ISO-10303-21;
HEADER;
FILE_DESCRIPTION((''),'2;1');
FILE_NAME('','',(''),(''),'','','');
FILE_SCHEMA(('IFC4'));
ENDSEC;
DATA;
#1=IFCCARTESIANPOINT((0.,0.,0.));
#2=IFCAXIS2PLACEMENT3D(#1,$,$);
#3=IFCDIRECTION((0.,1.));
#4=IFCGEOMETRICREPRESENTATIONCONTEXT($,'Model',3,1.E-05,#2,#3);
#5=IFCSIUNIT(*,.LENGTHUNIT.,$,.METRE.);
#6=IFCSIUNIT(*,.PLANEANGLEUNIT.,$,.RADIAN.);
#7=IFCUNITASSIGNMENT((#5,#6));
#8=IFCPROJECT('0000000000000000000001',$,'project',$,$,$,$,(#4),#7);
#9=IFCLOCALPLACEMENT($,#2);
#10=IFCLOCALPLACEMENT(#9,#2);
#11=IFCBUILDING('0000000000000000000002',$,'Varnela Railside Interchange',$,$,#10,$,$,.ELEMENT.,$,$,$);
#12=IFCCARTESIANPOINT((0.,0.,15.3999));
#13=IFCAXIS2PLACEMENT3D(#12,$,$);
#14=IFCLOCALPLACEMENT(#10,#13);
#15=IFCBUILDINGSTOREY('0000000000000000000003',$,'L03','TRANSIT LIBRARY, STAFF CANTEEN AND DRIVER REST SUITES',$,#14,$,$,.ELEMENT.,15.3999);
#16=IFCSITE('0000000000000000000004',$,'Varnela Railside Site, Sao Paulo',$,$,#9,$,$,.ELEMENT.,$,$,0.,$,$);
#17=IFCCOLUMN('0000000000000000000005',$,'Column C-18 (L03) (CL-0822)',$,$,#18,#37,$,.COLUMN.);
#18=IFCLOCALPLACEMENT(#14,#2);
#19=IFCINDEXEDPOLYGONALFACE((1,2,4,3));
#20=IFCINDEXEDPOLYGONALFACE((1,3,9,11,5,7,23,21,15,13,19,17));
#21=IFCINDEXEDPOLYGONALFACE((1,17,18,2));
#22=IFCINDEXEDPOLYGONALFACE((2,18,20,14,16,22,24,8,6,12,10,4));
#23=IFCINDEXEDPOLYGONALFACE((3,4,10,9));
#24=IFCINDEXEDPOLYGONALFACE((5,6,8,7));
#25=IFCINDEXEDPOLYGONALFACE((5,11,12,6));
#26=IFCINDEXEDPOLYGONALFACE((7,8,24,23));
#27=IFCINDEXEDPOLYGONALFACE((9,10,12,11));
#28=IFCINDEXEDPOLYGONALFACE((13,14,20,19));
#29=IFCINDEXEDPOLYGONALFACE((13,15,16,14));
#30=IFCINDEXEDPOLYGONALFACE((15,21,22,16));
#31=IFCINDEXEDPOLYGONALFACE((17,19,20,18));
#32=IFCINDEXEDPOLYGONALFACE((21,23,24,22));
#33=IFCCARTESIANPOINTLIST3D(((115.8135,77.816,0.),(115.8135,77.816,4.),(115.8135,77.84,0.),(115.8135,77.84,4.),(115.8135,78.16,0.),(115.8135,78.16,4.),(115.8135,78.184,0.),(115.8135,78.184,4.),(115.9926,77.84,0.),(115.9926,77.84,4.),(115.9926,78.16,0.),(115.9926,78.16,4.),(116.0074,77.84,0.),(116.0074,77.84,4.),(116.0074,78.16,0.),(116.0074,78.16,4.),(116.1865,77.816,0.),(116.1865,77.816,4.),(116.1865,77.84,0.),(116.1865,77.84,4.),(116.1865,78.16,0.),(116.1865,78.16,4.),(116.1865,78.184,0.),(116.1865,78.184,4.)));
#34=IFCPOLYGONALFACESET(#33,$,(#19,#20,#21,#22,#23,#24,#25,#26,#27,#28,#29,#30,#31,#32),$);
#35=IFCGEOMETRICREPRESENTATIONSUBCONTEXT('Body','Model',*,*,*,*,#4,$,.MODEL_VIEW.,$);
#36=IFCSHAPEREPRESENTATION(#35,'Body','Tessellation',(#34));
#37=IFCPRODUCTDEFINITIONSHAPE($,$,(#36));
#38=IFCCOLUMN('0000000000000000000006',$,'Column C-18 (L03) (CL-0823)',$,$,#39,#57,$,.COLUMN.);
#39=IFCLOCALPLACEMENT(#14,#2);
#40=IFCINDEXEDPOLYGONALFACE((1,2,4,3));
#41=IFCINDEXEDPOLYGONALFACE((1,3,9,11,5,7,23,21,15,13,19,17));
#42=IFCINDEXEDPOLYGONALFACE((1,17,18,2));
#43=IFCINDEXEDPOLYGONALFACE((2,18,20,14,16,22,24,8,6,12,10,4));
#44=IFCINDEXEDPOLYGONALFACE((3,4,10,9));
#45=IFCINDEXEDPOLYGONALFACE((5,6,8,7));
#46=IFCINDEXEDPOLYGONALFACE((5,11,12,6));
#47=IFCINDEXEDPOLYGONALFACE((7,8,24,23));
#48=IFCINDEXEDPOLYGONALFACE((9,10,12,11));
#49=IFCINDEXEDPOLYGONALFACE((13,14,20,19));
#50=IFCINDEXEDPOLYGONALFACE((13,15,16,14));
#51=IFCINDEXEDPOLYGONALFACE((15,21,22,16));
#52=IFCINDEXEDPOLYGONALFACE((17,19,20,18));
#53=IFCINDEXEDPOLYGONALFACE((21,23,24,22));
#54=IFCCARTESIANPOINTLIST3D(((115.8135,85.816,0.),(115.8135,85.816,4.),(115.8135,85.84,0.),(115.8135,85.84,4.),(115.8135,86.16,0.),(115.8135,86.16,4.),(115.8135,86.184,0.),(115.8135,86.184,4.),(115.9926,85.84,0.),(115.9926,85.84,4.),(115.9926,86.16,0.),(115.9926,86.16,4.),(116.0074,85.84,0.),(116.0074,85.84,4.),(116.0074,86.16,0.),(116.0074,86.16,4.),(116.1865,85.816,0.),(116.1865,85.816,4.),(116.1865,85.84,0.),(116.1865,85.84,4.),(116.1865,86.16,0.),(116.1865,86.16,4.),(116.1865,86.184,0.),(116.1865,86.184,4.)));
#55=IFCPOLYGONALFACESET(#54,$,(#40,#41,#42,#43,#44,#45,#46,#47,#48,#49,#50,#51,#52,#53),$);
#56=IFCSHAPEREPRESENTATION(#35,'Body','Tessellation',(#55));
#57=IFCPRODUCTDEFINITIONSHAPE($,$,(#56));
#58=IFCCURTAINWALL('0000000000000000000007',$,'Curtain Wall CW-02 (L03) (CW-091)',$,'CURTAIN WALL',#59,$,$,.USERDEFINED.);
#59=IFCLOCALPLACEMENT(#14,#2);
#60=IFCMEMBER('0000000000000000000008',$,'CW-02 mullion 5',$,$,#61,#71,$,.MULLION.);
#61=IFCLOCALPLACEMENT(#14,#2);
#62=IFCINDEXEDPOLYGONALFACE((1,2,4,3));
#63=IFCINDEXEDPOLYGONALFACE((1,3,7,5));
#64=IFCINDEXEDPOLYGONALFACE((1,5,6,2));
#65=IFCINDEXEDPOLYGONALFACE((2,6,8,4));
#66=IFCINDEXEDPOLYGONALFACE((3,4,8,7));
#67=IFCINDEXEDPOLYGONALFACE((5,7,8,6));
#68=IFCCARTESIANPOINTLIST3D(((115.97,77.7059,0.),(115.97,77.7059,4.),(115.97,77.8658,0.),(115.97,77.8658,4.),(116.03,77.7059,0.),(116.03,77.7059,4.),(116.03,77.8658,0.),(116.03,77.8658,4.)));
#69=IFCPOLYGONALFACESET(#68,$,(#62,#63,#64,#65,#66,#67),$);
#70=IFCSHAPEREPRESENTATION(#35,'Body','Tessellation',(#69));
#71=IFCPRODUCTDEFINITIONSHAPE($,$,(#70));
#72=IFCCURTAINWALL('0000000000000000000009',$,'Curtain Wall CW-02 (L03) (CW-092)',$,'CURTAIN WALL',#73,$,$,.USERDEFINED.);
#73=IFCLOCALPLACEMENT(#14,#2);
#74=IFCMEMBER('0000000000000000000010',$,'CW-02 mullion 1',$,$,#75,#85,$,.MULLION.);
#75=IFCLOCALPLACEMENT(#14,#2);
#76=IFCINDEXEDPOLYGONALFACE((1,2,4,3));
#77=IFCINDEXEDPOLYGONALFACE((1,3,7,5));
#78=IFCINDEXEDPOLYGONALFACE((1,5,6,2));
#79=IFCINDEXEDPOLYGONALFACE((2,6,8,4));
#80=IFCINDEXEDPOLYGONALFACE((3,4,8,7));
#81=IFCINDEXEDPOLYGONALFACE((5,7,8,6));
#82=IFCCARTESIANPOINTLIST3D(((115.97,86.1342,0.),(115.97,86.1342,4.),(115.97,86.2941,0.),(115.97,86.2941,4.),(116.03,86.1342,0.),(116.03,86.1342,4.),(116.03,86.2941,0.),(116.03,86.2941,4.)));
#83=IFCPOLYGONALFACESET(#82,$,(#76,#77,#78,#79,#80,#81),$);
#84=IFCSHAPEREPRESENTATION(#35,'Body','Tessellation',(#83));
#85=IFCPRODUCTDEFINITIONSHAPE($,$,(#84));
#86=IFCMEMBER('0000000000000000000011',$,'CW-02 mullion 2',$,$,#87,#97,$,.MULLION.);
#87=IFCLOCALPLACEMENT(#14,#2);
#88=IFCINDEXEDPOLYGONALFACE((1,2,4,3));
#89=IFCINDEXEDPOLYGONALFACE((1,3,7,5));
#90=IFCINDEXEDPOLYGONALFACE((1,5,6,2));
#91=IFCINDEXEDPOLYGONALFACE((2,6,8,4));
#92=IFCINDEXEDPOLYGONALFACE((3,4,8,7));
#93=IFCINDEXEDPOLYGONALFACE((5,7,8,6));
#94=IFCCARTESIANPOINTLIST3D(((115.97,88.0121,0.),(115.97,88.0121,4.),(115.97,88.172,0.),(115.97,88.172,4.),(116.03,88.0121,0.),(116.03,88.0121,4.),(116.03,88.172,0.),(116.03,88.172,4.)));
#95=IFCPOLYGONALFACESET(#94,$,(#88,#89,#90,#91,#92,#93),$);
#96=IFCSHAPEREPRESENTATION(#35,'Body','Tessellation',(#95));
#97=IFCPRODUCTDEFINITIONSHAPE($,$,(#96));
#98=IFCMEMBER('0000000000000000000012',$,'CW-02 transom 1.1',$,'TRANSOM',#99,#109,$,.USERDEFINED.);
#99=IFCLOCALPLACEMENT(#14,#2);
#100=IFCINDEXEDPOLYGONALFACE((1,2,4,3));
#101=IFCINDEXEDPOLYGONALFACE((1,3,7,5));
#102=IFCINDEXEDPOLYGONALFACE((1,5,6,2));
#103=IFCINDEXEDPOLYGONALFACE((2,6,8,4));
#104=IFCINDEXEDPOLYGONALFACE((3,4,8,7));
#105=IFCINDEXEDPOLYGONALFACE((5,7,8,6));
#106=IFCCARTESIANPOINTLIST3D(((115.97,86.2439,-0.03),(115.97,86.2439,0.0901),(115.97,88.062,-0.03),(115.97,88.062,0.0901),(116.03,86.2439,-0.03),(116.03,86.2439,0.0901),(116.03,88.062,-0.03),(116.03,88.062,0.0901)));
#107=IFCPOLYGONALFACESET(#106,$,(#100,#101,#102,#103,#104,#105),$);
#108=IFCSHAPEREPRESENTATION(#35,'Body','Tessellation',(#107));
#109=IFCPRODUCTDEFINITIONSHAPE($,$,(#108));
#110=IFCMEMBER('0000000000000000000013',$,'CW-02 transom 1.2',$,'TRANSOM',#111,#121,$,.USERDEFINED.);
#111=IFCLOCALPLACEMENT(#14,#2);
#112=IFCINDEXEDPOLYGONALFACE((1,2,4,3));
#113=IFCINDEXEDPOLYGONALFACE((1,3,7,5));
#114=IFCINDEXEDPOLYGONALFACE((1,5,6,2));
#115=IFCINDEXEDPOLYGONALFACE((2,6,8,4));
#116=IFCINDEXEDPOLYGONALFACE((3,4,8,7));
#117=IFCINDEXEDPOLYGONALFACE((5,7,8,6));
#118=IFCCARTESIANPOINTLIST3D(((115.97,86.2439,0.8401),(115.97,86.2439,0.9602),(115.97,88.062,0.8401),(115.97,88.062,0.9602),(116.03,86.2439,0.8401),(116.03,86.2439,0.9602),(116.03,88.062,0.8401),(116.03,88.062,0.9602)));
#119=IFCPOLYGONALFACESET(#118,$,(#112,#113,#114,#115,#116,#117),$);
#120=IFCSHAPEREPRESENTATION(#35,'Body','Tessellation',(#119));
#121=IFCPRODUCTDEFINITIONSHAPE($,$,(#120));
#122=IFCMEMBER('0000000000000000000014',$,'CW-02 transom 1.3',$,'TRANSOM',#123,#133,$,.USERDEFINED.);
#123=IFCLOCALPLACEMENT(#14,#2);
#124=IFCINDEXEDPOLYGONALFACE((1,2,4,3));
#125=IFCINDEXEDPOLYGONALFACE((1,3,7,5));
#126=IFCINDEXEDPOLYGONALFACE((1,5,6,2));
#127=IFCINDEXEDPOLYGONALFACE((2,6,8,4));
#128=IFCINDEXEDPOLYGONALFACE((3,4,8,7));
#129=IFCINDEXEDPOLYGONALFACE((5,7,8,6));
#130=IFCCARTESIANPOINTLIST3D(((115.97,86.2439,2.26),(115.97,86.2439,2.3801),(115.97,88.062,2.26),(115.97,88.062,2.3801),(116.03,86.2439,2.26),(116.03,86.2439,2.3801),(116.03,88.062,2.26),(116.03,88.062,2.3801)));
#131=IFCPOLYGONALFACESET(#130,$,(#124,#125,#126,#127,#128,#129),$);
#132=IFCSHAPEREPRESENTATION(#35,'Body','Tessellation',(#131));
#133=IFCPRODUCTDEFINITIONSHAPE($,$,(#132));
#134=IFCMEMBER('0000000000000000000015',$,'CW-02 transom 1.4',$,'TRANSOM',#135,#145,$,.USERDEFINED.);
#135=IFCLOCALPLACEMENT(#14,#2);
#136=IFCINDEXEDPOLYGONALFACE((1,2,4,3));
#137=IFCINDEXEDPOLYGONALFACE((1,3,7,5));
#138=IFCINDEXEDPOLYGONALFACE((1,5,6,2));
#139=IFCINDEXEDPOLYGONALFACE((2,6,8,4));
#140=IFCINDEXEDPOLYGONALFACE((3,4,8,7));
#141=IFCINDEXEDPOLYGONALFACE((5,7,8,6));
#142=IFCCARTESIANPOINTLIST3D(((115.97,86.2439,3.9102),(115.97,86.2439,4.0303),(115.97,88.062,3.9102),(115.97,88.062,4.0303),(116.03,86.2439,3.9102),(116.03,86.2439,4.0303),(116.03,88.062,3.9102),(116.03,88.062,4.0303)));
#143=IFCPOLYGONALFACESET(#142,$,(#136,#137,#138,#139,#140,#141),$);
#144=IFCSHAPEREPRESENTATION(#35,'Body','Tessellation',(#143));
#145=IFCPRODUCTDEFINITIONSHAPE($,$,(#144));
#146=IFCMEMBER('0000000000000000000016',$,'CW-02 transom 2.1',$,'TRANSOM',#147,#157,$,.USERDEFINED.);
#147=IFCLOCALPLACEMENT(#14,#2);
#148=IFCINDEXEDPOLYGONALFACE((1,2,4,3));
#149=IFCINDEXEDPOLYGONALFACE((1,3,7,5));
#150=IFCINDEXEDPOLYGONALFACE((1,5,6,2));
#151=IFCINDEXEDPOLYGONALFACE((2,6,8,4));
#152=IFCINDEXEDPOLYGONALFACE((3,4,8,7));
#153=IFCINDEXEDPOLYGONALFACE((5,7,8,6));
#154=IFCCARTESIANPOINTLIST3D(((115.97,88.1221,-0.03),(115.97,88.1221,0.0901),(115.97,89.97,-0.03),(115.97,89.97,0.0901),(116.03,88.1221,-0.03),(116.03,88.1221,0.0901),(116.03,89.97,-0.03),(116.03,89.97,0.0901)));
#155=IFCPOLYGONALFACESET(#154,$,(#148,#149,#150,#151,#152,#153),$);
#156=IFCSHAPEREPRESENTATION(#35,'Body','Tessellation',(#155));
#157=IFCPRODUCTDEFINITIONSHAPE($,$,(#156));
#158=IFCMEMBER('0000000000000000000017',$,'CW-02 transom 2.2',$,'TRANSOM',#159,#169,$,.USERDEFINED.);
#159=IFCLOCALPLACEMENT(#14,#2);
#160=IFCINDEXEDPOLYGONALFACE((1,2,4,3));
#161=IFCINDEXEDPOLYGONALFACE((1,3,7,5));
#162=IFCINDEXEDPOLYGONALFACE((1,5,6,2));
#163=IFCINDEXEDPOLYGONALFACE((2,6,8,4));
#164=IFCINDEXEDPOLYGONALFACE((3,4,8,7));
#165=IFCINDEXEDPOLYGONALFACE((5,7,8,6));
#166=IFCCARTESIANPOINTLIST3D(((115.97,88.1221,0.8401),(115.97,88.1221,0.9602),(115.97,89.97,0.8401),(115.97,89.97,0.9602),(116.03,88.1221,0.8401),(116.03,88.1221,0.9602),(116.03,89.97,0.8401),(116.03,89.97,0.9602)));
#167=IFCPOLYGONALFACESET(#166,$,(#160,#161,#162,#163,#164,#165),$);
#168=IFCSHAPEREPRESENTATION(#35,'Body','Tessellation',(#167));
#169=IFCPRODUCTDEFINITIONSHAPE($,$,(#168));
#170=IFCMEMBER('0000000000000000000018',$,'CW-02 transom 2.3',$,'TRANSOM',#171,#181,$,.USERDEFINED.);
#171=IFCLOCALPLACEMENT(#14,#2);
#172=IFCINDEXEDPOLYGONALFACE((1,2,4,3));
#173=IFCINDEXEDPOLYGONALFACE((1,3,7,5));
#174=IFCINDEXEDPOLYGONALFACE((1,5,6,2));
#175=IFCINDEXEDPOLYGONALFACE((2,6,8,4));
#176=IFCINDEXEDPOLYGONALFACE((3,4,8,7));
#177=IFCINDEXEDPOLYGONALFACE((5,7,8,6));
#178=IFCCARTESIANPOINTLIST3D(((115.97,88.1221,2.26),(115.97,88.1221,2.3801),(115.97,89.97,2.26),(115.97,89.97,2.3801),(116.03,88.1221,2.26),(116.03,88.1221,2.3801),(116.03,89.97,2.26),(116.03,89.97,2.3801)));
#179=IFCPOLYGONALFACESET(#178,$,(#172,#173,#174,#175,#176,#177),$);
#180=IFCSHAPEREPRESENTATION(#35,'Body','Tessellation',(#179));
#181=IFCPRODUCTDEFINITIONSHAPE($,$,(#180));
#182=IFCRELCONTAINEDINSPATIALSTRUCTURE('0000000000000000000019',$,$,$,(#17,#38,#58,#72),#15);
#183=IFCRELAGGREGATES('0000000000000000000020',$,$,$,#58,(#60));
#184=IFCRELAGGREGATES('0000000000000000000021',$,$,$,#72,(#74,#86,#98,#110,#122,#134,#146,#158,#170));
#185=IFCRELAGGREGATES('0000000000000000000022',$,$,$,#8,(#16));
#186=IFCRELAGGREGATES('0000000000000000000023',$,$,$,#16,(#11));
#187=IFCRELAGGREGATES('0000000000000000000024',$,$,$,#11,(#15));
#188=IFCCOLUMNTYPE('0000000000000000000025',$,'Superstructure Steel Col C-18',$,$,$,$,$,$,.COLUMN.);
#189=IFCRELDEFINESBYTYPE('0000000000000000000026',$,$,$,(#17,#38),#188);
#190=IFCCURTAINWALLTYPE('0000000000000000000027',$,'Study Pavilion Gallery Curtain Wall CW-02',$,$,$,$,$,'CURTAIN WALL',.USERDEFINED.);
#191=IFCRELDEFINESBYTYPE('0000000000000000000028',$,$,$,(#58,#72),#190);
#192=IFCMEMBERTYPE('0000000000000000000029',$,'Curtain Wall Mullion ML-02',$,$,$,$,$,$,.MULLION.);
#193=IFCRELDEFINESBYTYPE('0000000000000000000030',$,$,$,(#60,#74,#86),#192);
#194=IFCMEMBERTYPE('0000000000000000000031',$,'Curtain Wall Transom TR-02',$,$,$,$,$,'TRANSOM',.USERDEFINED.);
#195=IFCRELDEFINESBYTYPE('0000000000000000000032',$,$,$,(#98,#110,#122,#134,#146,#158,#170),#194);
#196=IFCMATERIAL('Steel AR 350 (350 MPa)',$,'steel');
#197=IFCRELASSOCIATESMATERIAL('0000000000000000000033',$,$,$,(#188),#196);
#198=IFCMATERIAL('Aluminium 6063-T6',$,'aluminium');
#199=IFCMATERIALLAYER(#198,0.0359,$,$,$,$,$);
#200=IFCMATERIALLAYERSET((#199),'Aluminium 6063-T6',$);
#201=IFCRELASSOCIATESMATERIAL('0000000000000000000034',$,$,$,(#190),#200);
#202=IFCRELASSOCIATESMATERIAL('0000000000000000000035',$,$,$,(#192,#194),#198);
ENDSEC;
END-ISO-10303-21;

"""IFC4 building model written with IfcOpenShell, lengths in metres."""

from ifc_helpers import new_model, si_unit, direction, frame, origin, origin_2d, place, context, subcontext, project, spatial, rectangle, i_section, extrude, material, layer, layer_set, material_profile, profile_set, type_object, element, aggregate, save


model = new_model("IFC4")

# Units and contexts
model_context = context("Model", 3, precision=1e-05, world=origin(), true_north=direction((0.0, 1.0)))
body_context = subcontext(model_context, "Body", "Model", "MODEL_VIEW")
ifc_project = project(units=[si_unit("LENGTHUNIT", "METRE"), si_unit("PLANEANGLEUNIT", "RADIAN")], contexts=[model_context])

# Site, building, storey
site_placement = place(None, origin())
site = spatial("IfcSite", under=ifc_project, at=site_placement, Name="Varnela Railside Site, Sao Paulo", CompositionType="ELEMENT", RefElevation=0.0)
building_placement = place(site_placement, origin())
building = spatial("IfcBuilding", under=site, at=building_placement, Name="Varnela Railside Interchange", CompositionType="ELEMENT")
storey_placement = place(building_placement, frame((0.0, 0.0, 15.3999)))
storey = spatial("IfcBuildingStorey", under=building, at=storey_placement, Name="L03", Description="TRANSIT LIBRARY, STAFF CANTEEN AND DRIVER REST SUITES", CompositionType="ELEMENT", Elevation=15.3999)

# Columns
ifc_material_1 = material(Name="Steel AR 350 (350 MPa)", Category="steel")
ifc_material_profile_1 = material_profile(ifc_material_1, i_section(OverallWidth=0.373, OverallDepth=0.3679, WebThickness=0.0149, FlangeThickness=0.0239, at=origin_2d()), Name="W360x179")
ifc_profile_set_1 = profile_set([ifc_material_profile_1], Name="Steel AR 350 (350 MPa)")
column_type = type_object("IfcColumnType", Name="Superstructure Steel Col C-18", PredefinedType="COLUMN", material=ifc_profile_set_1)
for number, where, z_axis, x_axis, name in (
    (1, (116.0, 78.0, 0.0), (0.0, 0.0, 1.0), (1.0, 0.0, 0.0), "Column C-18 (L03) (CL-0822)"),
    (2, (116.0, 86.0, 0.0), (0.0, 0.0, 1.0), (1.0, 0.0, 0.0), "Column C-18 (L03) (CL-0823)"),
):
    element("IfcColumn", number, at=place(storey_placement, frame(where, z_axis=z_axis, x_axis=x_axis)), inside=storey, type_object=column_type, Name=name, PredefinedType="COLUMN", context=body_context, shape_type="SweptSolid", body=[
        extrude(i_section(OverallWidth=0.373, OverallDepth=0.3679, WebThickness=0.0149, FlangeThickness=0.0239, at=origin_2d()), origin(), (0.0, 0.0, 1.0), 4.0),
    ])

# Curtain wall, member
ifc_material_2 = material(Name="Aluminium 6063-T6", Category="aluminium")
ifc_layer_1 = layer(ifc_material_2, 0.0359)
ifc_layer_set_1 = layer_set([ifc_layer_1], Name="Aluminium 6063-T6")
curtain_wall_type = type_object("IfcCurtainWallType", Name="Study Pavilion Gallery Curtain Wall CW-02", ElementType="CURTAIN WALL", PredefinedType="USERDEFINED", material=ifc_layer_set_1)
curtain_wall_1_placement = place(storey_placement, origin())
curtain_wall_1 = element("IfcCurtainWall", 3, at=curtain_wall_1_placement, inside=storey, type_object=curtain_wall_type, Name="Curtain Wall CW-02 (L03) (CW-091)", ObjectType="CURTAIN WALL", PredefinedType="USERDEFINED")
ifc_material_profile_2 = material_profile(ifc_material_2, rectangle(XDim=0.0601, YDim=0.1599, at=origin_2d()), Name="ALU 60x160")
ifc_profile_set_2 = profile_set([ifc_material_profile_2], Name="Aluminium 6063-T6")
member_type_1 = type_object("IfcMemberType", Name="Curtain Wall Mullion ML-02", PredefinedType="MULLION", material=ifc_profile_set_2)
member_1_placement = place(storey_placement, frame((116.0, 77.7859, 0.0), z_axis=(0.0, 0.0, 1.0), x_axis=(-1.0, 0.0, 0.0)))
member_1 = element("IfcMember", 4, at=member_1_placement, type_object=member_type_1, Name="CW-02 mullion 5", PredefinedType="MULLION", context=body_context, shape_type="SweptSolid", body=[
    extrude(rectangle(XDim=0.0601, YDim=0.1599, at=origin_2d()), origin(), (0.0, 0.0, 1.0), 4.0),
])

# Curtain wall, members
curtain_wall_2_placement = place(storey_placement, origin())
curtain_wall_2 = element("IfcCurtainWall", 5, at=curtain_wall_2_placement, inside=storey, type_object=curtain_wall_type, Name="Curtain Wall CW-02 (L03) (CW-092)", ObjectType="CURTAIN WALL", PredefinedType="USERDEFINED")
member_2_placement = place(storey_placement, frame((116.0, 86.2141, 0.0), z_axis=(0.0, 0.0, 1.0), x_axis=(-1.0, 0.0, 0.0)))
member_2 = element("IfcMember", 6, at=member_2_placement, type_object=member_type_1, Name="CW-02 mullion 1", PredefinedType="MULLION", context=body_context, shape_type="SweptSolid", body=[
    extrude(rectangle(XDim=0.0601, YDim=0.1599, at=origin_2d()), origin(), (0.0, 0.0, 1.0), 4.0),
])
member_3_placement = place(storey_placement, frame((116.0, 88.092, 0.0), z_axis=(0.0, 0.0, 1.0), x_axis=(-1.0, 0.0, 0.0)))
member_3 = element("IfcMember", 7, at=member_3_placement, type_object=member_type_1, Name="CW-02 mullion 2", PredefinedType="MULLION", context=body_context, shape_type="SweptSolid", body=[
    extrude(rectangle(XDim=0.0601, YDim=0.1599, at=origin_2d()), origin(), (0.0, 0.0, 1.0), 4.0),
])
ifc_material_profile_3 = material_profile(ifc_material_2, rectangle(XDim=0.0601, YDim=0.1201, at=origin_2d()), Name="ALU 60x120")
ifc_profile_set_3 = profile_set([ifc_material_profile_3], Name="Aluminium 6063-T6")
member_type_2 = type_object("IfcMemberType", Name="Curtain Wall Transom TR-02", ElementType="TRANSOM", PredefinedType="USERDEFINED", material=ifc_profile_set_3)
member_4_placement = place(storey_placement, frame((116.0, 86.2439, 0.03), z_axis=(0.0, 1.0, 0.0), x_axis=(-1.0, 0.0, 0.0)))
member_4 = element("IfcMember", 8, at=member_4_placement, type_object=member_type_2, Name="CW-02 transom 1.1", ObjectType="TRANSOM", PredefinedType="USERDEFINED", context=body_context, shape_type="SweptSolid", body=[
    extrude(rectangle(XDim=0.0601, YDim=0.1201, at=origin_2d()), origin(), (0.0, 0.0, 1.0), 1.8181),
])
member_5_placement = place(storey_placement, frame((116.0, 86.2439, 0.9001), z_axis=(0.0, 1.0, 0.0), x_axis=(-1.0, 0.0, 0.0)))
member_5 = element("IfcMember", 9, at=member_5_placement, type_object=member_type_2, Name="CW-02 transom 1.2", ObjectType="TRANSOM", PredefinedType="USERDEFINED", context=body_context, shape_type="SweptSolid", body=[
    extrude(rectangle(XDim=0.0601, YDim=0.1201, at=origin_2d()), origin(), (0.0, 0.0, 1.0), 1.8181),
])
member_6_placement = place(storey_placement, frame((116.0, 86.2439, 2.3201), z_axis=(0.0, 1.0, 0.0), x_axis=(-1.0, 0.0, 0.0)))
member_6 = element("IfcMember", 10, at=member_6_placement, type_object=member_type_2, Name="CW-02 transom 1.3", ObjectType="TRANSOM", PredefinedType="USERDEFINED", context=body_context, shape_type="SweptSolid", body=[
    extrude(rectangle(XDim=0.0601, YDim=0.1201, at=origin_2d()), origin(), (0.0, 0.0, 1.0), 1.8181),
])
member_7_placement = place(storey_placement, frame((116.0, 86.2439, 3.9702), z_axis=(0.0, 1.0, 0.0), x_axis=(-1.0, 0.0, 0.0)))
member_7 = element("IfcMember", 11, at=member_7_placement, type_object=member_type_2, Name="CW-02 transom 1.4", ObjectType="TRANSOM", PredefinedType="USERDEFINED", context=body_context, shape_type="SweptSolid", body=[
    extrude(rectangle(XDim=0.0601, YDim=0.1201, at=origin_2d()), origin(), (0.0, 0.0, 1.0), 1.8181),
])
member_8_placement = place(storey_placement, frame((116.0, 88.1221, 0.03), z_axis=(0.0, 1.0, 0.0), x_axis=(-1.0, 0.0, 0.0)))
member_8 = element("IfcMember", 12, at=member_8_placement, type_object=member_type_2, Name="CW-02 transom 2.1", ObjectType="TRANSOM", PredefinedType="USERDEFINED", context=body_context, shape_type="SweptSolid", body=[
    extrude(rectangle(XDim=0.0601, YDim=0.1201, at=origin_2d()), origin(), (0.0, 0.0, 1.0), 1.8479),
])
member_9_placement = place(storey_placement, frame((116.0, 88.1221, 0.9001), z_axis=(0.0, 1.0, 0.0), x_axis=(-1.0, 0.0, 0.0)))
member_9 = element("IfcMember", 13, at=member_9_placement, type_object=member_type_2, Name="CW-02 transom 2.2", ObjectType="TRANSOM", PredefinedType="USERDEFINED", context=body_context, shape_type="SweptSolid", body=[
    extrude(rectangle(XDim=0.0601, YDim=0.1201, at=origin_2d()), origin(), (0.0, 0.0, 1.0), 1.8479),
])
member_10_placement = place(storey_placement, frame((116.0, 88.1221, 2.3201), z_axis=(0.0, 1.0, 0.0), x_axis=(-1.0, 0.0, 0.0)))
member_10 = element("IfcMember", 14, at=member_10_placement, type_object=member_type_2, Name="CW-02 transom 2.3", ObjectType="TRANSOM", PredefinedType="USERDEFINED", context=body_context, shape_type="SweptSolid", body=[
    extrude(rectangle(XDim=0.0601, YDim=0.1201, at=origin_2d()), origin(), (0.0, 0.0, 1.0), 1.8479),
])

aggregate(curtain_wall_1, [member_1])
aggregate(curtain_wall_2, [member_2, member_3, member_4, member_5, member_6, member_7, member_8, member_9, member_10])

save(model, "model.ifc")
